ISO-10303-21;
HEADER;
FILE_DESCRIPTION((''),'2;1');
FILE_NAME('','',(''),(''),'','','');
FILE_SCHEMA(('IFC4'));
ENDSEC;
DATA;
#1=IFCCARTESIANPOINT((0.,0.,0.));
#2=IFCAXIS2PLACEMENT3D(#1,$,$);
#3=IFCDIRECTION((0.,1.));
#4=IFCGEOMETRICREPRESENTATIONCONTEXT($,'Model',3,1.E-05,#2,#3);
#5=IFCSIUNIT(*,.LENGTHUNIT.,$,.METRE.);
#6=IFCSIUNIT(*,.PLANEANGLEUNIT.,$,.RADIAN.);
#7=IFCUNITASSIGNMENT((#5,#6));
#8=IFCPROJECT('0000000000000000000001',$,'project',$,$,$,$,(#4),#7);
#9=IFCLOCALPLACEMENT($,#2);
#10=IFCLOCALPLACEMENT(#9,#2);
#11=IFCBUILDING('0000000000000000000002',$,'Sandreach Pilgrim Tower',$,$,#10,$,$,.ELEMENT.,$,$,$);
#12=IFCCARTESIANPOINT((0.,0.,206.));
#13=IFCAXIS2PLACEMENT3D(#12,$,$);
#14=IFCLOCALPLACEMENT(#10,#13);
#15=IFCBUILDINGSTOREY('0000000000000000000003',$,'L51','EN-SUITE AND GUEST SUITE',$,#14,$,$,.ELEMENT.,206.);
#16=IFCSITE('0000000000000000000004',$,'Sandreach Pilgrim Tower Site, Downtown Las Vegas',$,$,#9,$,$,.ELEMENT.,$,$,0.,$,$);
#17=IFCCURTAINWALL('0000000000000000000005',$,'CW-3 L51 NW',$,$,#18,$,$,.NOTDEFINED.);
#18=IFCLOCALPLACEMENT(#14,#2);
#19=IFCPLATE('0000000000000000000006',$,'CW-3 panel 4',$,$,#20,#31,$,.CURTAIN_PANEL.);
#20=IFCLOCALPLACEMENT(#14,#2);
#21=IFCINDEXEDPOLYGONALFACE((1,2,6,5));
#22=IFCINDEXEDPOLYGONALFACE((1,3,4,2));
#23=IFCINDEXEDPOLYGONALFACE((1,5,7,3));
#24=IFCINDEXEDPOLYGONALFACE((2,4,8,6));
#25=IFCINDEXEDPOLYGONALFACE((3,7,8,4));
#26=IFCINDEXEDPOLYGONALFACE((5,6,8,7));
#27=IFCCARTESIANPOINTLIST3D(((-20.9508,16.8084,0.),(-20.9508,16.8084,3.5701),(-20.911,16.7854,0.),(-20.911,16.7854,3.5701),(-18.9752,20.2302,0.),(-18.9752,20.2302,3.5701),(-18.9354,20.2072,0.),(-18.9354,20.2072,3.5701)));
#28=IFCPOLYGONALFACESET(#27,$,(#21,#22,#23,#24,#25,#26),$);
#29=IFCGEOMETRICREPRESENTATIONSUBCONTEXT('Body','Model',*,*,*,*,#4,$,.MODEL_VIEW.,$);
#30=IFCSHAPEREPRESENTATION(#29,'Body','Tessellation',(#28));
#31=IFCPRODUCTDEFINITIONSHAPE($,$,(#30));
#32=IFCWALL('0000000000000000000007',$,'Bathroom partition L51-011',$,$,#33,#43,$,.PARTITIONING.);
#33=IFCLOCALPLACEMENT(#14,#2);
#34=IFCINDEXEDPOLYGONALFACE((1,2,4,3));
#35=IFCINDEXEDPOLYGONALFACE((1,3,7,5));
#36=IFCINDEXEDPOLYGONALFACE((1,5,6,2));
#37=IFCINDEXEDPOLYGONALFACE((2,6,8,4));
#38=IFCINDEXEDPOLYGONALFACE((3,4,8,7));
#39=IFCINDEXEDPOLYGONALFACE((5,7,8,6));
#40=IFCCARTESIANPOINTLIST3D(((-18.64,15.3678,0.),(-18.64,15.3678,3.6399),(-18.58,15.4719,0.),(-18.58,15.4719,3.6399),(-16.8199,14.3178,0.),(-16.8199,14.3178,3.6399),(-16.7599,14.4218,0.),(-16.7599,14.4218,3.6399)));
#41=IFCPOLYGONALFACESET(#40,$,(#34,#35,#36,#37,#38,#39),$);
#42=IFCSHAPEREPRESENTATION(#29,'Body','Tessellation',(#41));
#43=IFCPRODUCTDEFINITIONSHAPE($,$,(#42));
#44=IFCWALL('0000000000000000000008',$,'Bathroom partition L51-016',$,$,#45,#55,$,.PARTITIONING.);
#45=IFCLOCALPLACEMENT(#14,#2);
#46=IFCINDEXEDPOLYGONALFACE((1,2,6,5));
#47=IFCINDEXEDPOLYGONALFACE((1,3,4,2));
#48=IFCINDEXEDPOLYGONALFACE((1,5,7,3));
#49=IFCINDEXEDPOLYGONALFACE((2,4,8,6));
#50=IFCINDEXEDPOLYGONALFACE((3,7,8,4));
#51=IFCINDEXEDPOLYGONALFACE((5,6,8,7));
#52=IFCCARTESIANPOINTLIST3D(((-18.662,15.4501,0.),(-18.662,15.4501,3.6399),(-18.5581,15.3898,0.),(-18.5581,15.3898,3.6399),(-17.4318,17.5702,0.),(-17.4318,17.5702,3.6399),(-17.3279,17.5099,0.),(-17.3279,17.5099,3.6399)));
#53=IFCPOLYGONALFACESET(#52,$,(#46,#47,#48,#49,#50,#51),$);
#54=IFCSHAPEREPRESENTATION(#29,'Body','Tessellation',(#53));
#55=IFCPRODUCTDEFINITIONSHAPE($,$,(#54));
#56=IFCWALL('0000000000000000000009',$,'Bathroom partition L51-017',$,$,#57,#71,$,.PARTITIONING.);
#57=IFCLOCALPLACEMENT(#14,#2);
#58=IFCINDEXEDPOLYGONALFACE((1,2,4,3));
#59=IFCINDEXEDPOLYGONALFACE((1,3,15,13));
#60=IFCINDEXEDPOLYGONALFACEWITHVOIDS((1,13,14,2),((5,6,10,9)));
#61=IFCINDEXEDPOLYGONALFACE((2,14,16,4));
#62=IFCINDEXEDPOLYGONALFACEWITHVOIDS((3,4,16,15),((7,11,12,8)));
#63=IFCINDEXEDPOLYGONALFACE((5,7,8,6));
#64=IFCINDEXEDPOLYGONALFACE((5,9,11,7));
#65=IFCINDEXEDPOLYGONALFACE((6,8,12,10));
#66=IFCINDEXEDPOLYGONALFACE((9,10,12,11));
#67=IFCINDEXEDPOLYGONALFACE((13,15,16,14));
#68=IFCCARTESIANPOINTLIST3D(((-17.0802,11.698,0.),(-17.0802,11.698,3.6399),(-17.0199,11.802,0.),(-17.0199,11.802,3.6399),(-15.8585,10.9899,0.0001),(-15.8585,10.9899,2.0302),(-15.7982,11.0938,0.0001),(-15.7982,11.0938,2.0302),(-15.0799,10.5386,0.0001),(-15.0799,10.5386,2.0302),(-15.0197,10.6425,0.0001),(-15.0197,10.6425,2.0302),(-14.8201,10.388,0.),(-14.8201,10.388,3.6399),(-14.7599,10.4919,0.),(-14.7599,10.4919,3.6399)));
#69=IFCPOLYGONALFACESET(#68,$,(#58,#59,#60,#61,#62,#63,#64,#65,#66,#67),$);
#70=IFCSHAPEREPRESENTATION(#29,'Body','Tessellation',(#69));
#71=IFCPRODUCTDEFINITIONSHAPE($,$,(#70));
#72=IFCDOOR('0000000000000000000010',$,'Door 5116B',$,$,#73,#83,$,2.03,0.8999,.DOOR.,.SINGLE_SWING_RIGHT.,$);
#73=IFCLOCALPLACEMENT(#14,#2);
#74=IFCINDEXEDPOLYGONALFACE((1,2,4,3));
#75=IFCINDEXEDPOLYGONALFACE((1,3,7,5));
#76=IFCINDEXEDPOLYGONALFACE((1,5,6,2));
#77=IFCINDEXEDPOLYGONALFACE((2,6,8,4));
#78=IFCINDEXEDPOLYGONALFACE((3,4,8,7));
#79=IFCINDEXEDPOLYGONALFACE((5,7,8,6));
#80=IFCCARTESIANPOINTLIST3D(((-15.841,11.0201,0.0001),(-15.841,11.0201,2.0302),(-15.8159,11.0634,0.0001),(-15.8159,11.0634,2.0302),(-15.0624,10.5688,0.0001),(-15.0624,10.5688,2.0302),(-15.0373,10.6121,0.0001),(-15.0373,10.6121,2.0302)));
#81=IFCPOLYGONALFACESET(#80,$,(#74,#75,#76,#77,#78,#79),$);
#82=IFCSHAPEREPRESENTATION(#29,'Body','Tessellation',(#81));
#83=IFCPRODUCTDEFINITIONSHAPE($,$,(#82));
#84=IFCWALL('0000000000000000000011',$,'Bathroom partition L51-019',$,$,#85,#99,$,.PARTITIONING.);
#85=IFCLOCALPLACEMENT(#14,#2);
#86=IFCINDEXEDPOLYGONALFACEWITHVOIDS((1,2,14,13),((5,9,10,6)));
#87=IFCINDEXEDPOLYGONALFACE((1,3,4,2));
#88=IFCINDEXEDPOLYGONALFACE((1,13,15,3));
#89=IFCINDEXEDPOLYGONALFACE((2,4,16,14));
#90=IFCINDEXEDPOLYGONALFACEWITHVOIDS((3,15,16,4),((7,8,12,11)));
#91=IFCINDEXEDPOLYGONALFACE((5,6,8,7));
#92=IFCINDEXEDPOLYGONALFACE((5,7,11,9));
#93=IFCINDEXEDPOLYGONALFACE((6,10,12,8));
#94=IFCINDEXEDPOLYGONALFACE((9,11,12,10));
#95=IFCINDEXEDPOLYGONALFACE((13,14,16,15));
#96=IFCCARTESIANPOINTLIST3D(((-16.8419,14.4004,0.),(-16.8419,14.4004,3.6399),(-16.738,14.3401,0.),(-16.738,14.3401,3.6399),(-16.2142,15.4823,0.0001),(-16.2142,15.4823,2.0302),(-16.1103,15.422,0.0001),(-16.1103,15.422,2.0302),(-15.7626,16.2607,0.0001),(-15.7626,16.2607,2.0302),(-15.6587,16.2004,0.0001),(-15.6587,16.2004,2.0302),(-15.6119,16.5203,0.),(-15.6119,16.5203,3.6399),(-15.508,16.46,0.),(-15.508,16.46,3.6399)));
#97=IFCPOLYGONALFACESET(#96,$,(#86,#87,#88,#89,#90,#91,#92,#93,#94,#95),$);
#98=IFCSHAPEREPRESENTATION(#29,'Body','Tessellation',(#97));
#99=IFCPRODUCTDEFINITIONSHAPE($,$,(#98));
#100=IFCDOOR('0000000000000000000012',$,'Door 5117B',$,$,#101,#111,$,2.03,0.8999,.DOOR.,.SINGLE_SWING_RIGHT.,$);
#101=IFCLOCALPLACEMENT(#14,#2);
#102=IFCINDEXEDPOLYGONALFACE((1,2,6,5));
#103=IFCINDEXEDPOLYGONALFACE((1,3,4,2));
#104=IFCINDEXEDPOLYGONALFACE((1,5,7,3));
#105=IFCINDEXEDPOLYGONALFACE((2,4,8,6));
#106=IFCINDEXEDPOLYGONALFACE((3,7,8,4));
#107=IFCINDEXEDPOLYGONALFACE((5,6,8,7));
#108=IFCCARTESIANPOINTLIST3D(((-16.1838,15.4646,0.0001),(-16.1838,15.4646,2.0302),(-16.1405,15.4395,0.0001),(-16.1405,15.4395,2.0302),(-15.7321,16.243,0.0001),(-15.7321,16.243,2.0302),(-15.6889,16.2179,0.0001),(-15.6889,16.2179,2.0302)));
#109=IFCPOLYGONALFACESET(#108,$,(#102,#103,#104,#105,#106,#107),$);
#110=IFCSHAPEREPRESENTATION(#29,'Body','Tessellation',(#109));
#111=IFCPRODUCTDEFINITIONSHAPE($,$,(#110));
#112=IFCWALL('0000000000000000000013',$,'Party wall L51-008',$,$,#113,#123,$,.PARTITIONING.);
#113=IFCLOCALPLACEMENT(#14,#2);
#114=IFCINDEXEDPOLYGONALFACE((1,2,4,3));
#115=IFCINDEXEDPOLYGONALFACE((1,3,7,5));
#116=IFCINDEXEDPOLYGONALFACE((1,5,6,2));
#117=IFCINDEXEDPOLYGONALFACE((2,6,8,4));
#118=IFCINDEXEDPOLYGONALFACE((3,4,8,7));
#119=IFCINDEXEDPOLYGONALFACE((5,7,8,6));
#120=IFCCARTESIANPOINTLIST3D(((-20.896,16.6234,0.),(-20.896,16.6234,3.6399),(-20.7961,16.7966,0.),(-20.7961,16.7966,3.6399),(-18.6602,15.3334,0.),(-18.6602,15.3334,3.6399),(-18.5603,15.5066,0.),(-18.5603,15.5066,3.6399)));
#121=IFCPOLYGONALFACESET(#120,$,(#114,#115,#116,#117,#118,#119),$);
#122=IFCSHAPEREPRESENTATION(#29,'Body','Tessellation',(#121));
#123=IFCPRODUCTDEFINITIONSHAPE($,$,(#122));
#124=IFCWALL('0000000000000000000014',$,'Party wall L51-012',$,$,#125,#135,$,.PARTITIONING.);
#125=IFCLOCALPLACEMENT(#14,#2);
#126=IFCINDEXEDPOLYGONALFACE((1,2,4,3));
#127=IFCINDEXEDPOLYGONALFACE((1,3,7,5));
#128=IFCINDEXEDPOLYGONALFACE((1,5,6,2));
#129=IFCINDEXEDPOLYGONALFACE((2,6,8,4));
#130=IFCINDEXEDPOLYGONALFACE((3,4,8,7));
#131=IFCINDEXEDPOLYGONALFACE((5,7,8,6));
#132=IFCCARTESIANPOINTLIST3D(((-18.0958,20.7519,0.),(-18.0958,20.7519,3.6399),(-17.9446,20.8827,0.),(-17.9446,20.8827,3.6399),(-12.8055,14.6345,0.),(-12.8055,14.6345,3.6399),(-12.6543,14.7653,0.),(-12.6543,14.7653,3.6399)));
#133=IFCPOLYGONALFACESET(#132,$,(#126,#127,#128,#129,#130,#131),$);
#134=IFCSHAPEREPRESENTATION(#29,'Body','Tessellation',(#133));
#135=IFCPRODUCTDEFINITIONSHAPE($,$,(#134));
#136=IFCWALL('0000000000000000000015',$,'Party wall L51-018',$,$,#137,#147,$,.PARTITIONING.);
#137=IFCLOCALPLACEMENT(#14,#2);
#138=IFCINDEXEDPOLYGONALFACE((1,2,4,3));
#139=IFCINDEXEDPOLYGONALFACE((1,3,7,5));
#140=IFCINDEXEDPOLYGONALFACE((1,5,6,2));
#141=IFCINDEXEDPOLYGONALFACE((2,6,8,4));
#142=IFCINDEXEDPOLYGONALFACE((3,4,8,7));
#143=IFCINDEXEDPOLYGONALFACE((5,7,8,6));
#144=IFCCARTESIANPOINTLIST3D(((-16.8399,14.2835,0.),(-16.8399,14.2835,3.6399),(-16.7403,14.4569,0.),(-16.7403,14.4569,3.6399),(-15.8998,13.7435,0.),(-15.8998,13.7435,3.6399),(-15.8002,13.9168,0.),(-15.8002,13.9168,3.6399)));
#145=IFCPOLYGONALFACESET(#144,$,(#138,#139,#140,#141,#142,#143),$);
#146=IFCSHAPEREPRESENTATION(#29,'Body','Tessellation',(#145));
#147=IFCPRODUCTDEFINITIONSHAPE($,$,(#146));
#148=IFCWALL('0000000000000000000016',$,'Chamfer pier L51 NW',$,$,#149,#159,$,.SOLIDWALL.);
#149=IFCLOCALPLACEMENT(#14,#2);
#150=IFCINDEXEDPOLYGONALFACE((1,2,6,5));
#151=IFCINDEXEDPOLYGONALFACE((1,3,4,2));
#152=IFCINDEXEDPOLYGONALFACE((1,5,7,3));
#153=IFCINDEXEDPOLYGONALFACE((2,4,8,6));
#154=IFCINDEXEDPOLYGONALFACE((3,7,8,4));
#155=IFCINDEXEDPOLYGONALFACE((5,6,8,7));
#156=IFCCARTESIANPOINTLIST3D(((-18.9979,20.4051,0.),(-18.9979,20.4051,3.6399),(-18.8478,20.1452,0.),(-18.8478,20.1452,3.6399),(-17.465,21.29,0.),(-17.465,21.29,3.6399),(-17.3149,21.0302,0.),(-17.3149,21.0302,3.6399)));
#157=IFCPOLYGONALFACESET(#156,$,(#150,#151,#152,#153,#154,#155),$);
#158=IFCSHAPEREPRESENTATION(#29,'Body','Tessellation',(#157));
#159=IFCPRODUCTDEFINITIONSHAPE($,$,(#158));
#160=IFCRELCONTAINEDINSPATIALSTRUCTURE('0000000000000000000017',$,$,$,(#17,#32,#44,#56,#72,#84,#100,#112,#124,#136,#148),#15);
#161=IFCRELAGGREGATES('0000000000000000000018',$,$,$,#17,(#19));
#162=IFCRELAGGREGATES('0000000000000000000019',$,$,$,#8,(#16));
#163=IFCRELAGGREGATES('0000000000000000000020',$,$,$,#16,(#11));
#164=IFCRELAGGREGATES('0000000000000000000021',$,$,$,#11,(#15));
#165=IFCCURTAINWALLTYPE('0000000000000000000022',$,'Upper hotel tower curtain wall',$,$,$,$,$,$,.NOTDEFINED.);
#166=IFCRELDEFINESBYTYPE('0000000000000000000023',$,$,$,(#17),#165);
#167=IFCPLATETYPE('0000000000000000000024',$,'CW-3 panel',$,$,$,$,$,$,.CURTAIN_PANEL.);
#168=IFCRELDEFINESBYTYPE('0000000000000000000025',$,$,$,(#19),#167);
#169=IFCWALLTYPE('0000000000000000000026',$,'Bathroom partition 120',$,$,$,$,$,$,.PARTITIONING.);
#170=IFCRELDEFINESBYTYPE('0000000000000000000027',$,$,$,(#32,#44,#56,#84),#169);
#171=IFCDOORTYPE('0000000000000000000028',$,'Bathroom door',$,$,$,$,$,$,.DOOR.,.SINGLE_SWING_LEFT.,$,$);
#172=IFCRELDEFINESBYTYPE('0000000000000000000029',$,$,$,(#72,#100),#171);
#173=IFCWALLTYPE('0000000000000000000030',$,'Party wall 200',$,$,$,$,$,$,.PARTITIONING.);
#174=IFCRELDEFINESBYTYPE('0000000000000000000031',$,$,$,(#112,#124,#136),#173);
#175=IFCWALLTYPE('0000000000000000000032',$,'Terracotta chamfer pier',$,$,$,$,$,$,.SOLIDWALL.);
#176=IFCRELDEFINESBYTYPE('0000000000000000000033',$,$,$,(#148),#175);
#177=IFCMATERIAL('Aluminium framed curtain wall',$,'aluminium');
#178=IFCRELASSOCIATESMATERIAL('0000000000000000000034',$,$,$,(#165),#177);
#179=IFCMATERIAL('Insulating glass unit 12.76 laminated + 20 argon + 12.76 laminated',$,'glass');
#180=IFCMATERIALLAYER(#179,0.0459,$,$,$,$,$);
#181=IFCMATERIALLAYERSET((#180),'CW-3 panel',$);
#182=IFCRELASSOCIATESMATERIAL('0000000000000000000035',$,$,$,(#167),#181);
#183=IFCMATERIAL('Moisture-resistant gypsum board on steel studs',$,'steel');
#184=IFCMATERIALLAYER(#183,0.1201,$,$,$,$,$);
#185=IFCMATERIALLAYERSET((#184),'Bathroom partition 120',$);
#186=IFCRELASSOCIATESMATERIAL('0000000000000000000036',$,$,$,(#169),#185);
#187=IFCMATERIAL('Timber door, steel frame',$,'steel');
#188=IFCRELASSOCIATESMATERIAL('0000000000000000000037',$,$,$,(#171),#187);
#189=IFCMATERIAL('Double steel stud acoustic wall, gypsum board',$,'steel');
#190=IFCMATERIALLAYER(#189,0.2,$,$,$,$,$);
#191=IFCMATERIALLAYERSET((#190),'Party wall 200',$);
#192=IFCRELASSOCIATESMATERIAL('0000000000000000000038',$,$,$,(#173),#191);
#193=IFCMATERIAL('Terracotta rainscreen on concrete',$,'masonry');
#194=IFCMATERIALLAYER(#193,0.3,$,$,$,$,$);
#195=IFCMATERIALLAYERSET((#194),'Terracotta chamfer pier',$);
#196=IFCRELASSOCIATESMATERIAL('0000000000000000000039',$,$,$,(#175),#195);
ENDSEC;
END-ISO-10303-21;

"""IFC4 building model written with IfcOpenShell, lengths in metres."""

from ifc_helpers import new_model, si_unit, direction, frame, frame_2d, origin, origin_2d, place, context, subcontext, project, spatial, rectangle, extrude, material, layer, layer_set, type_object, element, fill, aggregate, save


model = new_model("IFC4")

# Units and contexts
model_context = context("Model", 3, precision=1e-05, world=origin(), true_north=direction((0.0, 1.0)))
body_context = subcontext(model_context, "Body", "Model", "MODEL_VIEW")
ifc_project = project(units=[si_unit("LENGTHUNIT", "METRE"), si_unit("PLANEANGLEUNIT", "RADIAN")], contexts=[model_context])

# Site, building, storey
site_placement = place(None, origin())
site = spatial("IfcSite", under=ifc_project, at=site_placement, Name="Sandreach Pilgrim Tower Site, Downtown Las Vegas", CompositionType="ELEMENT", RefElevation=0.0)
building_placement = place(site_placement, origin())
building = spatial("IfcBuilding", under=site, at=building_placement, Name="Sandreach Pilgrim Tower", CompositionType="ELEMENT")
storey_placement = place(building_placement, frame((0.0, 0.0, 206.0)))
storey = spatial("IfcBuildingStorey", under=building, at=storey_placement, Name="L51", Description="EN-SUITE AND GUEST SUITE", CompositionType="ELEMENT", Elevation=206.0)

# Shared definitions
ifc_material_1 = material(Name="Aluminium framed curtain wall", Category="aluminium")
curtain_wall_type = type_object("IfcCurtainWallType", Name="Upper hotel tower curtain wall", PredefinedType="NOTDEFINED", material=ifc_material_1)

# Curtain wall
curtain_wall_1_placement = place(storey_placement, origin())
curtain_wall_1 = element("IfcCurtainWall", 1, at=curtain_wall_1_placement, inside=storey, type_object=curtain_wall_type, Name="CW-3 L51 NW", PredefinedType="NOTDEFINED")

# Plate
ifc_material_2 = material(Name="Insulating glass unit 12.76 laminated + 20 argon + 12.76 laminated", Category="glass")
ifc_layer_1 = layer(ifc_material_2, 0.0459)
ifc_layer_set_1 = layer_set([ifc_layer_1], Name="CW-3 panel")
plate_type = type_object("IfcPlateType", Name="CW-3 panel", PredefinedType="CURTAIN_PANEL", material=ifc_layer_set_1)
plate_1_placement = place(storey_placement, frame((-19.9431, 18.5078, 0.0), z_axis=(0.0, 0.0, 1.0), x_axis=(0.5, 0.866025, 0.0)))
plate_1 = element("IfcPlate", 2, at=plate_1_placement, type_object=plate_type, Name="CW-3 panel 4", PredefinedType="CURTAIN_PANEL", context=body_context, shape_type="SweptSolid", body=[
    extrude(rectangle(XDim=3.9512, YDim=0.0459, at=origin_2d()), origin(), (0.0, 0.0, 1.0), 3.5701),
])
aggregate(curtain_wall_1, [plate_1])

# Walls
ifc_material_3 = material(Name="Moisture-resistant gypsum board on steel studs", Category="steel")
ifc_layer_2 = layer(ifc_material_3, 0.1201)
ifc_layer_set_2 = layer_set([ifc_layer_2], Name="Bathroom partition 120")
wall_type_1 = type_object("IfcWallType", Name="Bathroom partition 120", PredefinedType="PARTITIONING", material=ifc_layer_set_2)
wall_1_placement = place(storey_placement, frame((-18.6101, 15.4199, 0.0), z_axis=(0.0, 0.0, 1.0), x_axis=(0.866184, -0.499726, 0.0)))
element("IfcWall", 3, at=wall_1_placement, inside=storey, type_object=wall_type_1, Name="Bathroom partition L51-011", PredefinedType="PARTITIONING", context=body_context, shape_type="SweptSolid", body=[
    extrude(rectangle(XDim=2.1013, YDim=0.1201, at=frame_2d((1.0508, 0.0))), origin(), (0.0, 0.0, 1.0), 3.6399),
])
wall_2_placement = place(storey_placement, frame((-17.3799, 17.54, 0.0), z_axis=(0.0, 0.0, 1.0), x_axis=(-0.501888, -0.864933, 0.0)))
element("IfcWall", 4, at=wall_2_placement, inside=storey, type_object=wall_type_1, Name="Bathroom partition L51-016", PredefinedType="PARTITIONING", context=body_context, shape_type="SweptSolid", body=[
    extrude(rectangle(XDim=2.4512, YDim=0.1201, at=frame_2d((1.2256, 0.0))), origin(), (0.0, 0.0, 1.0), 3.6399),
])

# Walls, openings, doors
wall_3_placement = place(storey_placement, frame((-17.05, 11.75, 0.0), z_axis=(0.0, 0.0, 1.0), x_axis=(0.865155, -0.501504, 0.0)))
wall_3 = element("IfcWall", 5, at=wall_3_placement, inside=storey, type_object=wall_type_1, Name="Bathroom partition L51-017", PredefinedType="PARTITIONING", context=body_context, shape_type="SweptSolid", body=[
    extrude(rectangle(XDim=2.6123, YDim=0.1201, at=frame_2d((1.3062, 0.0))), origin(), (0.0, 0.0, 1.0), 3.6399),
])
opening_1_placement = place(wall_3_placement, frame((1.4121, 0.0, 0.0)))
opening_1 = element("IfcOpeningElement", 6, at=opening_1_placement, cuts=wall_3, PredefinedType="OPENING", context=body_context, shape_type="SweptSolid", body=[
    extrude(rectangle(XDim=0.8999, YDim=2.03, at=frame_2d((0.45, 1.0151))), frame((0.0, 0.0601, 0.0), z_axis=(0.0, -1.0, 0.0), x_axis=(1.0, 0.0, 0.0)), (0.0, 0.0, 1.0), 0.1201),
])
ifc_material_4 = material(Name="Timber door, steel frame", Category="steel")
door_type = type_object("IfcDoorType", Name="Bathroom door", OperationType="SINGLE_SWING_LEFT", PredefinedType="DOOR", material=ifc_material_4)
door_1_placement = place(opening_1_placement, origin())
door_1 = element("IfcDoor", 7, at=door_1_placement, inside=storey, type_object=door_type, Name="Door 5116B", OperationType="SINGLE_SWING_RIGHT", OverallHeight=2.03, OverallWidth=0.8999, PredefinedType="DOOR", context=body_context, shape_type="SweptSolid", body=[
    extrude(rectangle(XDim=0.8999, YDim=2.03, at=frame_2d((0.45, 1.0151))), frame((0.0, 0.0249, 0.0), z_axis=(0.0, -1.0, 0.0), x_axis=(1.0, 0.0, 0.0)), (0.0, 0.0, 1.0), 0.05),
])
fill(opening_1, door_1)
wall_4_placement = place(storey_placement, frame((-16.79, 14.3701, 0.0), z_axis=(0.0, 0.0, 1.0), x_axis=(0.501857, 0.864951, 0.0)))
wall_4 = element("IfcWall", 8, at=wall_4_placement, inside=storey, type_object=wall_type_1, Name="Bathroom partition L51-019", PredefinedType="PARTITIONING", context=body_context, shape_type="SweptSolid", body=[
    extrude(rectangle(XDim=2.4509, YDim=0.1201, at=frame_2d((1.2256, 0.0))), origin(), (0.0, 0.0, 1.0), 3.6399),
])
opening_2_placement = place(wall_4_placement, frame((1.251, 0.0, 0.0)))
opening_2 = element("IfcOpeningElement", 9, at=opening_2_placement, cuts=wall_4, PredefinedType="OPENING", context=body_context, shape_type="SweptSolid", body=[
    extrude(rectangle(XDim=0.8999, YDim=2.03, at=frame_2d((0.45, 1.0151))), frame((0.0, 0.0601, 0.0), z_axis=(0.0, -1.0, 0.0), x_axis=(1.0, 0.0, 0.0)), (0.0, 0.0, 1.0), 0.1201),
])
door_2_placement = place(opening_2_placement, origin())
door_2 = element("IfcDoor", 10, at=door_2_placement, inside=storey, type_object=door_type, Name="Door 5117B", OperationType="SINGLE_SWING_RIGHT", OverallHeight=2.03, OverallWidth=0.8999, PredefinedType="DOOR", context=body_context, shape_type="SweptSolid", body=[
    extrude(rectangle(XDim=0.8999, YDim=2.03, at=frame_2d((0.45, 1.0151))), frame((0.0, 0.0249, 0.0), z_axis=(0.0, -1.0, 0.0), x_axis=(1.0, 0.0, 0.0)), (0.0, 0.0, 1.0), 0.05),
])
fill(opening_2, door_2)

# Walls
ifc_material_5 = material(Name="Double steel stud acoustic wall, gypsum board", Category="steel")
ifc_layer_3 = layer(ifc_material_5, 0.2)
ifc_layer_set_3 = layer_set([ifc_layer_3], Name="Party wall 200")
wall_type_2 = type_object("IfcWallType", Name="Party wall 200", PredefinedType="PARTITIONING", material=ifc_layer_set_3)
wall_5_placement = place(storey_placement, frame((-20.8459, 16.71, 0.0), z_axis=(0.0, 0.0, 1.0), x_axis=(0.866164, -0.499761, 0.0)))
element("IfcWall", 11, at=wall_5_placement, inside=storey, type_object=wall_type_2, Name="Party wall L51-008", PredefinedType="PARTITIONING", context=body_context, shape_type="SweptSolid", body=[
    extrude(rectangle(XDim=2.5813, YDim=0.2, at=frame_2d((1.2905, 0.0))), origin(), (0.0, 0.0, 1.0), 3.6399),
])
wall_6_placement = place(storey_placement, frame((-18.0203, 20.8174, 0.0), z_axis=(0.0, 0.0, 1.0), x_axis=(0.654119, -0.756392, 0.0)))
element("IfcWall", 12, at=wall_6_placement, inside=storey, type_object=wall_type_2, Name="Party wall L51-012", PredefinedType="PARTITIONING", context=body_context, shape_type="SweptSolid", body=[
    extrude(rectangle(XDim=8.0876, YDim=0.2, at=frame_2d((4.0439, 0.0))), origin(), (0.0, 0.0, 1.0), 3.6399),
])
wall_7_placement = place(storey_placement, frame((-16.79, 14.3701, 0.0), z_axis=(0.0, 0.0, 1.0), x_axis=(0.867132, -0.498078, 0.0)))
element("IfcWall", 13, at=wall_7_placement, inside=storey, type_object=wall_type_2, Name="Party wall L51-018", PredefinedType="PARTITIONING", context=body_context, shape_type="SweptSolid", body=[
    extrude(rectangle(XDim=1.0842, YDim=0.2, at=frame_2d((0.542, 0.0))), origin(), (0.0, 0.0, 1.0), 3.6399),
])
ifc_material_6 = material(Name="Terracotta rainscreen on concrete", Category="masonry")
ifc_layer_4 = layer(ifc_material_6, 0.3)
ifc_layer_set_4 = layer_set([ifc_layer_4], Name="Terracotta chamfer pier")
wall_type_3 = type_object("IfcWallType", Name="Terracotta chamfer pier", PredefinedType="SOLIDWALL", material=ifc_layer_set_4)
wall_8_placement = place(storey_placement, frame((-18.9229, 20.2751, 0.0), z_axis=(0.0, 0.0, 1.0), x_axis=(0.866036, 0.499981, 0.0)))
element("IfcWall", 14, at=wall_8_placement, inside=storey, type_object=wall_type_3, Name="Chamfer pier L51 NW", PredefinedType="SOLIDWALL", context=body_context, shape_type="SweptSolid", body=[
    extrude(rectangle(XDim=1.77, YDim=0.3, at=frame_2d((0.885, 0.0))), origin(), (0.0, 0.0, 1.0), 3.6399),
])

save(model, "model.ifc")
